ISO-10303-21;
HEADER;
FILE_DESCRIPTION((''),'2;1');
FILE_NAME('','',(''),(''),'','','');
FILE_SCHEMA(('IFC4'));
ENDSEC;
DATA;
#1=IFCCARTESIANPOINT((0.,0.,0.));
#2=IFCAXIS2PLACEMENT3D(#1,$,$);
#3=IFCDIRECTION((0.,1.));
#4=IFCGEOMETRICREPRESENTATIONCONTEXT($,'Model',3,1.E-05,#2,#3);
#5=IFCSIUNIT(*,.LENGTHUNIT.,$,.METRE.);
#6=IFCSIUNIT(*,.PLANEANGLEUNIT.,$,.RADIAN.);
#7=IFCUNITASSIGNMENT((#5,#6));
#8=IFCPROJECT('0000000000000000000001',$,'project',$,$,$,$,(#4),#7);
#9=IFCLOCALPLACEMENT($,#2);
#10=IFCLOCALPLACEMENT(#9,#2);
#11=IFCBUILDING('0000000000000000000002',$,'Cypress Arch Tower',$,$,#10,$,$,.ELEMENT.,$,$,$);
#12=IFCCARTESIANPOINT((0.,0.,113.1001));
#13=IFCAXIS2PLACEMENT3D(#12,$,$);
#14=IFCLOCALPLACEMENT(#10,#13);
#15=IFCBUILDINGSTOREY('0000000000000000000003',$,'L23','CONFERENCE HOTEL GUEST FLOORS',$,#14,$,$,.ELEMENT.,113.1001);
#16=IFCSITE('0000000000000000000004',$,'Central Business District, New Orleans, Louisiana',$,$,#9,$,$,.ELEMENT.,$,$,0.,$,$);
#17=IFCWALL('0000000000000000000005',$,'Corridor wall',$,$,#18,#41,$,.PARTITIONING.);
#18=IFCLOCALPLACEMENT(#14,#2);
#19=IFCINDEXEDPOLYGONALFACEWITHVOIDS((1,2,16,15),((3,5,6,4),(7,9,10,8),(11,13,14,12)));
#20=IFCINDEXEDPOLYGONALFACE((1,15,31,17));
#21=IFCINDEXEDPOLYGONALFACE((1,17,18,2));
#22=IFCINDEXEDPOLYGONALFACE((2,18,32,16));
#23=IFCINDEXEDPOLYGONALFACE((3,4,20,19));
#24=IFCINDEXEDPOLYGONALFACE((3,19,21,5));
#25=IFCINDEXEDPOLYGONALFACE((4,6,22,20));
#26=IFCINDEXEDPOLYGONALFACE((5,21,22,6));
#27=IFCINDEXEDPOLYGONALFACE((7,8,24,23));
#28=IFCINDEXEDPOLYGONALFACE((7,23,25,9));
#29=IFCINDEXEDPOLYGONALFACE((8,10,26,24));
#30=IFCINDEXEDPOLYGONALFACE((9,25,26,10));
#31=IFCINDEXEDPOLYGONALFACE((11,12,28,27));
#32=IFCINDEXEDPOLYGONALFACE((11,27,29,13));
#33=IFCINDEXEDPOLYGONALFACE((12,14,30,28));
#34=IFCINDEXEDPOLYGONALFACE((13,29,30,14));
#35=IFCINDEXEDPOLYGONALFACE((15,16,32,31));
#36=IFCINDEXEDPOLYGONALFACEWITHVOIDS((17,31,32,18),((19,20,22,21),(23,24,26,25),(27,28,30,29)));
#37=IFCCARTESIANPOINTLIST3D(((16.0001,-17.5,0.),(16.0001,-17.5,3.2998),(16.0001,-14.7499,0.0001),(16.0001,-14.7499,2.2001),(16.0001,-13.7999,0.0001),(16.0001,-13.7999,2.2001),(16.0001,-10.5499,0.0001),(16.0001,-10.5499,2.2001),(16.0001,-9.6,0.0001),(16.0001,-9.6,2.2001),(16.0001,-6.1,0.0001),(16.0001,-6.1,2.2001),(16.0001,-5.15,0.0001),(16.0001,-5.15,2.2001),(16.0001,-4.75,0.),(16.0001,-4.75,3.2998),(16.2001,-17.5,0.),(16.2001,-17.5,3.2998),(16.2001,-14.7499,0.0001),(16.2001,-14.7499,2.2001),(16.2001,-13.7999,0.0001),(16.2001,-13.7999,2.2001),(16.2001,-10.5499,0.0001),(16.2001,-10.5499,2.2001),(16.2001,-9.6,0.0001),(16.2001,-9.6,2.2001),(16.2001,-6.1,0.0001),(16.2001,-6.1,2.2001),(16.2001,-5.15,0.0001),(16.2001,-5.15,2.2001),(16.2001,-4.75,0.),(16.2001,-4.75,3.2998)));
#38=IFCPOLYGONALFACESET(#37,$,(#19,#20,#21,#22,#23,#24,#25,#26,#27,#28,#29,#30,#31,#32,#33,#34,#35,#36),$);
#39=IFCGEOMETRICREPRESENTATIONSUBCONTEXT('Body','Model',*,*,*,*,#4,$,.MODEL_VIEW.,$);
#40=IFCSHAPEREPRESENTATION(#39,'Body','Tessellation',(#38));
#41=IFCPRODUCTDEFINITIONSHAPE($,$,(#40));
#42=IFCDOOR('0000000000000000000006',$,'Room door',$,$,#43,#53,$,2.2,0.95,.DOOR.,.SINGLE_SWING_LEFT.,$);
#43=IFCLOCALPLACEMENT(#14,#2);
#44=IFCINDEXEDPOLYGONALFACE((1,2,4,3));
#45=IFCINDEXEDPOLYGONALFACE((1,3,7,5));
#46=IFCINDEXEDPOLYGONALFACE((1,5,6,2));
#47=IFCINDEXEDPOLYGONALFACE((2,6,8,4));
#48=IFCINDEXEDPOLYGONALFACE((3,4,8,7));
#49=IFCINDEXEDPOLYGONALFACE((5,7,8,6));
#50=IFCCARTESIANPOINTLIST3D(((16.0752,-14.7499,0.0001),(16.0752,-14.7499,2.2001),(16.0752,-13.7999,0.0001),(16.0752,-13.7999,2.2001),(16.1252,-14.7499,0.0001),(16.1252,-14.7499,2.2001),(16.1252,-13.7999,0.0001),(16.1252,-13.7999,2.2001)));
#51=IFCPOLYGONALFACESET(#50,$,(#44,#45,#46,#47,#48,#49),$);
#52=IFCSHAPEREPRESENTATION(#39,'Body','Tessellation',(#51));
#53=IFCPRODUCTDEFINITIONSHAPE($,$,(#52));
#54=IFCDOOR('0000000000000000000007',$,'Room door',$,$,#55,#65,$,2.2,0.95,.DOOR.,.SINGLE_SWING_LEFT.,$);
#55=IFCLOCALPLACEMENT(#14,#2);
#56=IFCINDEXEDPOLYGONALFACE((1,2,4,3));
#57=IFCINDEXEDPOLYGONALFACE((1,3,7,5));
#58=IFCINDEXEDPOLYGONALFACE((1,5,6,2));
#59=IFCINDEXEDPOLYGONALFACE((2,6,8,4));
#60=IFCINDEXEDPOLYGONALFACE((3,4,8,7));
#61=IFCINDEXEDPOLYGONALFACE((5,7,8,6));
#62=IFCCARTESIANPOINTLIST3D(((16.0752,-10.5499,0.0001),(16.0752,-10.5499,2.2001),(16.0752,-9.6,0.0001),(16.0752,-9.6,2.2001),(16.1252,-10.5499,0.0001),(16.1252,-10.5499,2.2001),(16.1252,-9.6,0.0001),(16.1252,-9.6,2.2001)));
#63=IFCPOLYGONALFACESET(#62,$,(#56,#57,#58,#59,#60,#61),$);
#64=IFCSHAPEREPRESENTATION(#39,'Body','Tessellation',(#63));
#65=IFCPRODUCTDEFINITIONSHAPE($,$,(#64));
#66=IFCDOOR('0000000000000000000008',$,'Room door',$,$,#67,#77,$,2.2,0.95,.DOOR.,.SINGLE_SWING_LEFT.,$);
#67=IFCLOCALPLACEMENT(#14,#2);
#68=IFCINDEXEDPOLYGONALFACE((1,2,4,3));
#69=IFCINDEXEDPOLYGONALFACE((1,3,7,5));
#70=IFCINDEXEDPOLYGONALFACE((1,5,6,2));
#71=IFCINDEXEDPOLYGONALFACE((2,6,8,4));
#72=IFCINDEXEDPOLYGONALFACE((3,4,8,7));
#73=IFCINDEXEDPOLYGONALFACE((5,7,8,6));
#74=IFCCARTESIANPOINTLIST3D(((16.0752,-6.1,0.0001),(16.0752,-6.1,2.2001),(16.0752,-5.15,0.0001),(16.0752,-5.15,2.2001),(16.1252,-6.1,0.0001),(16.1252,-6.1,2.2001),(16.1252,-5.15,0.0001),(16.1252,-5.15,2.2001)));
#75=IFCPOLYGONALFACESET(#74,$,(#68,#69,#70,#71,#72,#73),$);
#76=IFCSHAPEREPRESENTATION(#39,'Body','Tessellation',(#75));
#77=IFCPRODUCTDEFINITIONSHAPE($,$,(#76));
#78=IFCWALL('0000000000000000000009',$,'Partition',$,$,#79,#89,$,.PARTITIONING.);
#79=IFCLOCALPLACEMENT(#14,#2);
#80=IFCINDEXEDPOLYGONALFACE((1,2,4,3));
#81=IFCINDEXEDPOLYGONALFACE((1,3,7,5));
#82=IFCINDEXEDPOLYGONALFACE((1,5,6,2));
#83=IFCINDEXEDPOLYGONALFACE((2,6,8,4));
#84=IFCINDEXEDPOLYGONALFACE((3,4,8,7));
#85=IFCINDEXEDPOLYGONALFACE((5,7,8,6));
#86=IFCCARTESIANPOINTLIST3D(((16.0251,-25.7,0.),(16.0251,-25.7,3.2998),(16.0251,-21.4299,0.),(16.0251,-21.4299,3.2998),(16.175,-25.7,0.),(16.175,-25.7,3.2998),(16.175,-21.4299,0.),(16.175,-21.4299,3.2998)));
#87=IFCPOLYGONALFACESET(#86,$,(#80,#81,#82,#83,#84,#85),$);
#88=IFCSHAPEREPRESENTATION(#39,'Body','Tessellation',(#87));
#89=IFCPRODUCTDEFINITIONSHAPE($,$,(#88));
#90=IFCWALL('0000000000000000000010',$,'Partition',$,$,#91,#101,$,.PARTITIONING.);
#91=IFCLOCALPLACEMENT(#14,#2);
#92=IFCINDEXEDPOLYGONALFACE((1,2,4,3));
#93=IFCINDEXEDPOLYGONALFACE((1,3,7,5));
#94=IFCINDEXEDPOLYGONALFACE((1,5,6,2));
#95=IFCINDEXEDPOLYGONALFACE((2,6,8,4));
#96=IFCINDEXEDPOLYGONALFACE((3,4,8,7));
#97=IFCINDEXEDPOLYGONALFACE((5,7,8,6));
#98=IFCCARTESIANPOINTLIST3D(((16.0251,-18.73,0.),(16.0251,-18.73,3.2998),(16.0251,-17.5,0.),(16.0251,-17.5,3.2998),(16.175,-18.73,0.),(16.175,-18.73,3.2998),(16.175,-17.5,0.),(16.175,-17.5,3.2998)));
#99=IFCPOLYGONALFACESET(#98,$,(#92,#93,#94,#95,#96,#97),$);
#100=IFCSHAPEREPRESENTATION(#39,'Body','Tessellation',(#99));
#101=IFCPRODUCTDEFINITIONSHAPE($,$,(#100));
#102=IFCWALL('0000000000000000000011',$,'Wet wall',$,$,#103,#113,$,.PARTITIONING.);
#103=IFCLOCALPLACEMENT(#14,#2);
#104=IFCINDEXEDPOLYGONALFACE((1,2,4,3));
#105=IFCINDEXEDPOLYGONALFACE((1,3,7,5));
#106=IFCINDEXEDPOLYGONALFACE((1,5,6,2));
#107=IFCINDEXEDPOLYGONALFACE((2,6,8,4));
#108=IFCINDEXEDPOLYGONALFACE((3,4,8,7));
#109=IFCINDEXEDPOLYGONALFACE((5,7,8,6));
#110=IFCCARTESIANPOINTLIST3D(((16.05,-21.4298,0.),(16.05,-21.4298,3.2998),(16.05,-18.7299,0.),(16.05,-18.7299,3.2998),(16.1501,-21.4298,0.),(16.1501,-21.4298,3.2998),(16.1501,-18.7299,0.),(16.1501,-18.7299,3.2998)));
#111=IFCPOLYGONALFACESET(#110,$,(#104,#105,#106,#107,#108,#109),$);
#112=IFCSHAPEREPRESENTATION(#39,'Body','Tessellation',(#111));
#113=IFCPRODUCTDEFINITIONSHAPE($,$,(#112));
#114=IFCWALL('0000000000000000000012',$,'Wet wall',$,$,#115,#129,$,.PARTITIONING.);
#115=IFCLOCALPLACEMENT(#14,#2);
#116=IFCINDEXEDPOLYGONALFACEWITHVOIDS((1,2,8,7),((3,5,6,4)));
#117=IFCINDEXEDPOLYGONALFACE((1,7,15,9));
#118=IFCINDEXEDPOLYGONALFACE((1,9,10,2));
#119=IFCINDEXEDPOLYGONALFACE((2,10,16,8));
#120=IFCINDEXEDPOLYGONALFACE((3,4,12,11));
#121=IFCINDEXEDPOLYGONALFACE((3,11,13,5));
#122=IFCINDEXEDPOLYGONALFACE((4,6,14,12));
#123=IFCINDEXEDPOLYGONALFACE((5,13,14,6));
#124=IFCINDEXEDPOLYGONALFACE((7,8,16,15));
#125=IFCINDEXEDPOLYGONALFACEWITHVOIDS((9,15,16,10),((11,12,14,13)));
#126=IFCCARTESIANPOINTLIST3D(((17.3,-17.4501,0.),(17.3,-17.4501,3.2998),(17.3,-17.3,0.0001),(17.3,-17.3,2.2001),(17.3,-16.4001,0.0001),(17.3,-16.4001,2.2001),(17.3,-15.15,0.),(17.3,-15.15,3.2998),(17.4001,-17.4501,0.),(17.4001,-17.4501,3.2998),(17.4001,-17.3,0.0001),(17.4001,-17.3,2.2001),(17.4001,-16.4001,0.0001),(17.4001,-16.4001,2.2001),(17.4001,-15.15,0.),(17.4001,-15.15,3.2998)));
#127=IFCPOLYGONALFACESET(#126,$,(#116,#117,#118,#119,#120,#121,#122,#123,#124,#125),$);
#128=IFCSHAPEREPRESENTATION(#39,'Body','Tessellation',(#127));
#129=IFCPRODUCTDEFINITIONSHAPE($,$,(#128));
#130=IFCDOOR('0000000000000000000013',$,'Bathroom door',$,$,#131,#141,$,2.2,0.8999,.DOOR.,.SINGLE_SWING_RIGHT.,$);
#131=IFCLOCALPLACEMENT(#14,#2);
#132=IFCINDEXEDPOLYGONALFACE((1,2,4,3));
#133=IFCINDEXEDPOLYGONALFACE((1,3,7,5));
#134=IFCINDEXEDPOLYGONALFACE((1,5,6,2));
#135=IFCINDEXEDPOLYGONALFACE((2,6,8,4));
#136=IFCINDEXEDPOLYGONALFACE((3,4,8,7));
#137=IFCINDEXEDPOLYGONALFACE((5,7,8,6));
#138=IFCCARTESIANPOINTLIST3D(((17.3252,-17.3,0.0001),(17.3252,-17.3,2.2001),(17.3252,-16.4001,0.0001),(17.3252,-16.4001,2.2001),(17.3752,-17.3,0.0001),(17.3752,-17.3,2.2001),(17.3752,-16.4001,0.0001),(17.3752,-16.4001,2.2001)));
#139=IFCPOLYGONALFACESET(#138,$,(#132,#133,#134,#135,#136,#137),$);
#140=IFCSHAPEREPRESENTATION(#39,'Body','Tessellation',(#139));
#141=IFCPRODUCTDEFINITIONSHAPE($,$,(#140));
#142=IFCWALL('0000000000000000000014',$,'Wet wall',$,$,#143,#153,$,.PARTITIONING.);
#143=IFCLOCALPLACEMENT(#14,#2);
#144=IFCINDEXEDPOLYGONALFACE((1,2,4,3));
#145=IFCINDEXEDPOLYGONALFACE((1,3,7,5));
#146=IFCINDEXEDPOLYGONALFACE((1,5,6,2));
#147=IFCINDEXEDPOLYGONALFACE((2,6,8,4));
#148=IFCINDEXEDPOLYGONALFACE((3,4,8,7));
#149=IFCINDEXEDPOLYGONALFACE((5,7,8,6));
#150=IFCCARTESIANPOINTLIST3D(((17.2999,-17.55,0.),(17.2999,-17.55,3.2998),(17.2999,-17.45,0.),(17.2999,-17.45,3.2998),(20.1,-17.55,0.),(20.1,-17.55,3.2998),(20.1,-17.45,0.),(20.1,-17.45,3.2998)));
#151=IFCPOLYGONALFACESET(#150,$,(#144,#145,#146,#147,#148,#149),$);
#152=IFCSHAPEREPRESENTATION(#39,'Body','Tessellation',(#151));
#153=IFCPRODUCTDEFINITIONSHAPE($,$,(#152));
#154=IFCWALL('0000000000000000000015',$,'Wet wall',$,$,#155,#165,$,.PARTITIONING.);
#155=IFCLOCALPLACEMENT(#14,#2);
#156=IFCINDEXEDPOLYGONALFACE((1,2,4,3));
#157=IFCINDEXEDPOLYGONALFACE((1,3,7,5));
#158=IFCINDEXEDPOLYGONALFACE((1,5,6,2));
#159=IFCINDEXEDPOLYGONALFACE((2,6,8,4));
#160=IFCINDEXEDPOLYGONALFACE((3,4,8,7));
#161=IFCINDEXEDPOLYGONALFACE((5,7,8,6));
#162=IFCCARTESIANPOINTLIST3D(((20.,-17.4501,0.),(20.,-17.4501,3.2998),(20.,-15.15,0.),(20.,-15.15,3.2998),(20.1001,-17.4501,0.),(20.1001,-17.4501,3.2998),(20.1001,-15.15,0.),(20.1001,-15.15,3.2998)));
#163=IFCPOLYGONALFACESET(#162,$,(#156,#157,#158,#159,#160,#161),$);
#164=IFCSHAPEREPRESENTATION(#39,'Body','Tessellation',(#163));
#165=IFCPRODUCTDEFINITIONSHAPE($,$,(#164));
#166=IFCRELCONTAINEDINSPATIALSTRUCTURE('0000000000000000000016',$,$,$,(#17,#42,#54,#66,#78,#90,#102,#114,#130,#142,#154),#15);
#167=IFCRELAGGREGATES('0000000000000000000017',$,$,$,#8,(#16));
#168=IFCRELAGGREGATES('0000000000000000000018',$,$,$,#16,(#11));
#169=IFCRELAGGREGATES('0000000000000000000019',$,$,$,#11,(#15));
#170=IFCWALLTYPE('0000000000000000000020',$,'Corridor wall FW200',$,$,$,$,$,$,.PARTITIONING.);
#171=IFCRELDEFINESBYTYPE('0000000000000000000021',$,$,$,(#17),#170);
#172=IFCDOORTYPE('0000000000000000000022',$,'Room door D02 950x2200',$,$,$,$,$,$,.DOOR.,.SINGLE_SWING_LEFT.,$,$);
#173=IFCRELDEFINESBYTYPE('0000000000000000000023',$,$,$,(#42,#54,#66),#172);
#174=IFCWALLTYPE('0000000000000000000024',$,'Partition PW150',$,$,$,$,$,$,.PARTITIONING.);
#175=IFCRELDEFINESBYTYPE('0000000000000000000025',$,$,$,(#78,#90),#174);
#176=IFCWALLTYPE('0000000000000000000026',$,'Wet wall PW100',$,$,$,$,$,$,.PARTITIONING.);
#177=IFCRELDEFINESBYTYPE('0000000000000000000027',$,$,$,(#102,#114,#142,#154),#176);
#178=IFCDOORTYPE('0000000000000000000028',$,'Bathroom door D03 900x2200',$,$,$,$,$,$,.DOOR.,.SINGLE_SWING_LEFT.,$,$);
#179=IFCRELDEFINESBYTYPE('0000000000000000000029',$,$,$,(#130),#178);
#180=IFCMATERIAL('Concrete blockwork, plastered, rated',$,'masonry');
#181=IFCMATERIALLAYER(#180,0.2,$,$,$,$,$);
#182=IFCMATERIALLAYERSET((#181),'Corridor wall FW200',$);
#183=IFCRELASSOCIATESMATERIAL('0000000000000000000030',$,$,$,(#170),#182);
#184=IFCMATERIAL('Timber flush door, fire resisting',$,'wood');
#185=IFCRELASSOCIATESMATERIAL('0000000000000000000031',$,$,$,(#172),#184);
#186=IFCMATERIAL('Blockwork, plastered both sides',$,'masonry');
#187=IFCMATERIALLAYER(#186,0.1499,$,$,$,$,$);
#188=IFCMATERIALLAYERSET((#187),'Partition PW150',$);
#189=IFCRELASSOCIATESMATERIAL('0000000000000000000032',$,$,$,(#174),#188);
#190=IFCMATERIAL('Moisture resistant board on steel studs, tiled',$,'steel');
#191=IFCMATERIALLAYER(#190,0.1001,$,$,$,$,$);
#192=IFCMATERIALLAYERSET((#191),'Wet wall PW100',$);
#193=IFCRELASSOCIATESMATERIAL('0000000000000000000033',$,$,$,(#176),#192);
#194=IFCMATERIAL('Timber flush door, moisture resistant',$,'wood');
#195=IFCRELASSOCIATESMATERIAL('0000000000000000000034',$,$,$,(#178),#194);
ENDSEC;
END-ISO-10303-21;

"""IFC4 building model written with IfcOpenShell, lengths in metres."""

from ifc_helpers import new_model, si_unit, direction, frame, frame_2d, origin, place, context, subcontext, project, spatial, rectangle, extrude, material, layer, layer_set, type_object, element, fill, save


model = new_model("IFC4")

# Units and contexts
model_context = context("Model", 3, precision=1e-05, world=origin(), true_north=direction((0.0, 1.0)))
body_context = subcontext(model_context, "Body", "Model", "MODEL_VIEW")
ifc_project = project(units=[si_unit("LENGTHUNIT", "METRE"), si_unit("PLANEANGLEUNIT", "RADIAN")], contexts=[model_context])

# Site, building, storey
site_placement = place(None, origin())
site = spatial("IfcSite", under=ifc_project, at=site_placement, Name="Central Business District, New Orleans, Louisiana", CompositionType="ELEMENT", RefElevation=0.0)
building_placement = place(site_placement, origin())
building = spatial("IfcBuilding", under=site, at=building_placement, Name="Cypress Arch Tower", CompositionType="ELEMENT")
storey_placement = place(building_placement, frame((0.0, 0.0, 113.1001)))
storey = spatial("IfcBuildingStorey", under=building, at=storey_placement, Name="L23", Description="CONFERENCE HOTEL GUEST FLOORS", CompositionType="ELEMENT", Elevation=113.1001)

# Shared definitions
ifc_material_1 = material(Name="Concrete blockwork, plastered, rated", Category="masonry")
ifc_layer_1 = layer(ifc_material_1, 0.2)
ifc_layer_set_1 = layer_set([ifc_layer_1], Name="Corridor wall FW200")
wall_type_1 = type_object("IfcWallType", Name="Corridor wall FW200", PredefinedType="PARTITIONING", material=ifc_layer_set_1)

# Wall, openings, doors
wall_1_placement = place(storey_placement, frame((16.1001, -17.5, 0.0), z_axis=(0.0, 0.0, 1.0), x_axis=(0.0, 1.0, 0.0)))
wall_1 = element("IfcWall", 1, at=wall_1_placement, inside=storey, type_object=wall_type_1, Name="Corridor wall", PredefinedType="PARTITIONING", context=body_context, shape_type="SweptSolid", body=[
    extrude(rectangle(XDim=12.75, YDim=0.2, at=frame_2d((6.375, 0.0))), origin(), (0.0, 0.0, 1.0), 3.2998),
])
opening_1_placement = place(wall_1_placement, frame((2.75, 0.0, 0.0)))
opening_1 = element("IfcOpeningElement", 2, at=opening_1_placement, cuts=wall_1, PredefinedType="OPENING", context=body_context, shape_type="SweptSolid", body=[
    extrude(rectangle(XDim=0.95, YDim=2.2, at=frame_2d((0.4751, 1.1001))), frame((0.0, 0.1099, 0.0), z_axis=(0.0, -1.0, 0.0), x_axis=(1.0, 0.0, 0.0)), (0.0, 0.0, 1.0), 0.22),
])
opening_2_placement = place(wall_1_placement, frame((6.95, 0.0, 0.0)))
opening_2 = element("IfcOpeningElement", 3, at=opening_2_placement, cuts=wall_1, PredefinedType="OPENING", context=body_context, shape_type="SweptSolid", body=[
    extrude(rectangle(XDim=0.95, YDim=2.2, at=frame_2d((0.4751, 1.1001))), frame((0.0, 0.1099, 0.0), z_axis=(0.0, -1.0, 0.0), x_axis=(1.0, 0.0, 0.0)), (0.0, 0.0, 1.0), 0.22),
])
opening_3_placement = place(wall_1_placement, frame((11.3999, 0.0, 0.0)))
opening_3 = element("IfcOpeningElement", 4, at=opening_3_placement, cuts=wall_1, PredefinedType="OPENING", context=body_context, shape_type="SweptSolid", body=[
    extrude(rectangle(XDim=0.95, YDim=2.2, at=frame_2d((0.4751, 1.1001))), frame((0.0, 0.1099, 0.0), z_axis=(0.0, -1.0, 0.0), x_axis=(1.0, 0.0, 0.0)), (0.0, 0.0, 1.0), 0.22),
])
ifc_material_2 = material(Name="Timber flush door, fire resisting", Category="wood")
door_type_1 = type_object("IfcDoorType", Name="Room door D02 950x2200", OperationType="SINGLE_SWING_LEFT", PredefinedType="DOOR", material=ifc_material_2)
door_1_placement = place(opening_1_placement, origin())
door_1 = element("IfcDoor", 5, at=door_1_placement, inside=storey, type_object=door_type_1, Name="Room door", OperationType="SINGLE_SWING_LEFT", OverallHeight=2.2, OverallWidth=0.95, PredefinedType="DOOR", context=body_context, shape_type="SweptSolid", body=[
    extrude(rectangle(XDim=0.95, YDim=2.2, at=frame_2d((0.4751, 1.1001))), frame((0.0, 0.0249, 0.0), z_axis=(0.0, -1.0, 0.0), x_axis=(1.0, 0.0, 0.0)), (0.0, 0.0, 1.0), 0.05),
])
fill(opening_1, door_1)
door_2_placement = place(opening_2_placement, origin())
door_2 = element("IfcDoor", 6, at=door_2_placement, inside=storey, type_object=door_type_1, Name="Room door", OperationType="SINGLE_SWING_LEFT", OverallHeight=2.2, OverallWidth=0.95, PredefinedType="DOOR", context=body_context, shape_type="SweptSolid", body=[
    extrude(rectangle(XDim=0.95, YDim=2.2, at=frame_2d((0.4751, 1.1001))), frame((0.0, 0.0249, 0.0), z_axis=(0.0, -1.0, 0.0), x_axis=(1.0, 0.0, 0.0)), (0.0, 0.0, 1.0), 0.05),
])
fill(opening_2, door_2)
door_3_placement = place(opening_3_placement, origin())
door_3 = element("IfcDoor", 7, at=door_3_placement, inside=storey, type_object=door_type_1, Name="Room door", OperationType="SINGLE_SWING_LEFT", OverallHeight=2.2, OverallWidth=0.95, PredefinedType="DOOR", context=body_context, shape_type="SweptSolid", body=[
    extrude(rectangle(XDim=0.95, YDim=2.2, at=frame_2d((0.4751, 1.1001))), frame((0.0, 0.0249, 0.0), z_axis=(0.0, -1.0, 0.0), x_axis=(1.0, 0.0, 0.0)), (0.0, 0.0, 1.0), 0.05),
])
fill(opening_3, door_3)

# Walls
ifc_material_3 = material(Name="Blockwork, plastered both sides", Category="masonry")
ifc_layer_2 = layer(ifc_material_3, 0.1499)
ifc_layer_set_2 = layer_set([ifc_layer_2], Name="Partition PW150")
wall_type_2 = type_object("IfcWallType", Name="Partition PW150", PredefinedType="PARTITIONING", material=ifc_layer_set_2)
wall_2_placement = place(storey_placement, frame((16.1001, -25.7, 0.0), z_axis=(0.0, 0.0, 1.0), x_axis=(0.0, 1.0, 0.0)))
element("IfcWall", 8, at=wall_2_placement, inside=storey, type_object=wall_type_2, Name="Partition", PredefinedType="PARTITIONING", context=body_context, shape_type="SweptSolid", body=[
    extrude(rectangle(XDim=4.27, YDim=0.1499, at=frame_2d((2.135, 0.0))), origin(), (0.0, 0.0, 1.0), 3.2998),
])
wall_3_placement = place(storey_placement, frame((16.1001, -18.73, 0.0), z_axis=(0.0, 0.0, 1.0), x_axis=(0.0, 1.0, 0.0)))
element("IfcWall", 9, at=wall_3_placement, inside=storey, type_object=wall_type_2, Name="Partition", PredefinedType="PARTITIONING", context=body_context, shape_type="SweptSolid", body=[
    extrude(rectangle(XDim=1.23, YDim=0.1499, at=frame_2d((0.615, 0.0))), origin(), (0.0, 0.0, 1.0), 3.2998),
])
ifc_material_4 = material(Name="Moisture resistant board on steel studs, tiled", Category="steel")
ifc_layer_3 = layer(ifc_material_4, 0.1001)
ifc_layer_set_3 = layer_set([ifc_layer_3], Name="Wet wall PW100")
wall_type_3 = type_object("IfcWallType", Name="Wet wall PW100", PredefinedType="PARTITIONING", material=ifc_layer_set_3)
wall_4_placement = place(storey_placement, frame((16.1001, -21.4299, 0.0), z_axis=(0.0, 0.0, 1.0), x_axis=(0.0, 1.0, 0.0)))
element("IfcWall", 10, at=wall_4_placement, inside=storey, type_object=wall_type_3, Name="Wet wall", PredefinedType="PARTITIONING", context=body_context, shape_type="SweptSolid", body=[
    extrude(rectangle(XDim=2.7, YDim=0.1001, at=frame_2d((1.3501, 0.0))), origin(), (0.0, 0.0, 1.0), 3.2998),
])

# Wall, opening, door
wall_5_placement = place(storey_placement, frame((17.3501, -17.45, 0.0), z_axis=(0.0, 0.0, 1.0), x_axis=(0.0, 1.0, 0.0)))
wall_5 = element("IfcWall", 11, at=wall_5_placement, inside=storey, type_object=wall_type_3, Name="Wet wall", PredefinedType="PARTITIONING", context=body_context, shape_type="SweptSolid", body=[
    extrude(rectangle(XDim=2.3, YDim=0.1001, at=frame_2d((1.1499, 0.0))), origin(), (0.0, 0.0, 1.0), 3.2998),
])
opening_4_placement = place(wall_5_placement, frame((0.1499, 0.0, 0.0)))
opening_4 = element("IfcOpeningElement", 12, at=opening_4_placement, cuts=wall_5, PredefinedType="OPENING", context=body_context, shape_type="SweptSolid", body=[
    extrude(rectangle(XDim=0.8999, YDim=2.2, at=frame_2d((0.45, 1.1001))), frame((0.0, 0.0601, 0.0), z_axis=(0.0, -1.0, 0.0), x_axis=(1.0, 0.0, 0.0)), (0.0, 0.0, 1.0), 0.1201),
])
ifc_material_5 = material(Name="Timber flush door, moisture resistant", Category="wood")
door_type_2 = type_object("IfcDoorType", Name="Bathroom door D03 900x2200", OperationType="SINGLE_SWING_LEFT", PredefinedType="DOOR", material=ifc_material_5)
door_4_placement = place(opening_4_placement, origin())
door_4 = element("IfcDoor", 13, at=door_4_placement, inside=storey, type_object=door_type_2, Name="Bathroom door", OperationType="SINGLE_SWING_RIGHT", OverallHeight=2.2, OverallWidth=0.8999, PredefinedType="DOOR", context=body_context, shape_type="SweptSolid", body=[
    extrude(rectangle(XDim=0.8999, YDim=2.2, at=frame_2d((0.45, 1.1001))), frame((0.0, 0.0249, 0.0), z_axis=(0.0, -1.0, 0.0), x_axis=(1.0, 0.0, 0.0)), (0.0, 0.0, 1.0), 0.05),
])
fill(opening_4, door_4)

# Walls
wall_6_placement = place(storey_placement, frame((17.3, -17.5, 0.0), z_axis=(0.0, 0.0, 1.0), x_axis=(1.0, 0.0, 0.0)))
element("IfcWall", 14, at=wall_6_placement, inside=storey, type_object=wall_type_3, Name="Wet wall", PredefinedType="PARTITIONING", context=body_context, shape_type="SweptSolid", body=[
    extrude(rectangle(XDim=2.8, YDim=0.1001, at=frame_2d((1.3999, 0.0))), origin(), (0.0, 0.0, 1.0), 3.2998),
])
wall_7_placement = place(storey_placement, frame((20.05, -17.45, 0.0), z_axis=(0.0, 0.0, 1.0), x_axis=(0.0, 1.0, 0.0)))
element("IfcWall", 15, at=wall_7_placement, inside=storey, type_object=wall_type_3, Name="Wet wall", PredefinedType="PARTITIONING", context=body_context, shape_type="SweptSolid", body=[
    extrude(rectangle(XDim=2.3, YDim=0.1001, at=frame_2d((1.1499, 0.0))), origin(), (0.0, 0.0, 1.0), 3.2998),
])

save(model, "model.ifc")
